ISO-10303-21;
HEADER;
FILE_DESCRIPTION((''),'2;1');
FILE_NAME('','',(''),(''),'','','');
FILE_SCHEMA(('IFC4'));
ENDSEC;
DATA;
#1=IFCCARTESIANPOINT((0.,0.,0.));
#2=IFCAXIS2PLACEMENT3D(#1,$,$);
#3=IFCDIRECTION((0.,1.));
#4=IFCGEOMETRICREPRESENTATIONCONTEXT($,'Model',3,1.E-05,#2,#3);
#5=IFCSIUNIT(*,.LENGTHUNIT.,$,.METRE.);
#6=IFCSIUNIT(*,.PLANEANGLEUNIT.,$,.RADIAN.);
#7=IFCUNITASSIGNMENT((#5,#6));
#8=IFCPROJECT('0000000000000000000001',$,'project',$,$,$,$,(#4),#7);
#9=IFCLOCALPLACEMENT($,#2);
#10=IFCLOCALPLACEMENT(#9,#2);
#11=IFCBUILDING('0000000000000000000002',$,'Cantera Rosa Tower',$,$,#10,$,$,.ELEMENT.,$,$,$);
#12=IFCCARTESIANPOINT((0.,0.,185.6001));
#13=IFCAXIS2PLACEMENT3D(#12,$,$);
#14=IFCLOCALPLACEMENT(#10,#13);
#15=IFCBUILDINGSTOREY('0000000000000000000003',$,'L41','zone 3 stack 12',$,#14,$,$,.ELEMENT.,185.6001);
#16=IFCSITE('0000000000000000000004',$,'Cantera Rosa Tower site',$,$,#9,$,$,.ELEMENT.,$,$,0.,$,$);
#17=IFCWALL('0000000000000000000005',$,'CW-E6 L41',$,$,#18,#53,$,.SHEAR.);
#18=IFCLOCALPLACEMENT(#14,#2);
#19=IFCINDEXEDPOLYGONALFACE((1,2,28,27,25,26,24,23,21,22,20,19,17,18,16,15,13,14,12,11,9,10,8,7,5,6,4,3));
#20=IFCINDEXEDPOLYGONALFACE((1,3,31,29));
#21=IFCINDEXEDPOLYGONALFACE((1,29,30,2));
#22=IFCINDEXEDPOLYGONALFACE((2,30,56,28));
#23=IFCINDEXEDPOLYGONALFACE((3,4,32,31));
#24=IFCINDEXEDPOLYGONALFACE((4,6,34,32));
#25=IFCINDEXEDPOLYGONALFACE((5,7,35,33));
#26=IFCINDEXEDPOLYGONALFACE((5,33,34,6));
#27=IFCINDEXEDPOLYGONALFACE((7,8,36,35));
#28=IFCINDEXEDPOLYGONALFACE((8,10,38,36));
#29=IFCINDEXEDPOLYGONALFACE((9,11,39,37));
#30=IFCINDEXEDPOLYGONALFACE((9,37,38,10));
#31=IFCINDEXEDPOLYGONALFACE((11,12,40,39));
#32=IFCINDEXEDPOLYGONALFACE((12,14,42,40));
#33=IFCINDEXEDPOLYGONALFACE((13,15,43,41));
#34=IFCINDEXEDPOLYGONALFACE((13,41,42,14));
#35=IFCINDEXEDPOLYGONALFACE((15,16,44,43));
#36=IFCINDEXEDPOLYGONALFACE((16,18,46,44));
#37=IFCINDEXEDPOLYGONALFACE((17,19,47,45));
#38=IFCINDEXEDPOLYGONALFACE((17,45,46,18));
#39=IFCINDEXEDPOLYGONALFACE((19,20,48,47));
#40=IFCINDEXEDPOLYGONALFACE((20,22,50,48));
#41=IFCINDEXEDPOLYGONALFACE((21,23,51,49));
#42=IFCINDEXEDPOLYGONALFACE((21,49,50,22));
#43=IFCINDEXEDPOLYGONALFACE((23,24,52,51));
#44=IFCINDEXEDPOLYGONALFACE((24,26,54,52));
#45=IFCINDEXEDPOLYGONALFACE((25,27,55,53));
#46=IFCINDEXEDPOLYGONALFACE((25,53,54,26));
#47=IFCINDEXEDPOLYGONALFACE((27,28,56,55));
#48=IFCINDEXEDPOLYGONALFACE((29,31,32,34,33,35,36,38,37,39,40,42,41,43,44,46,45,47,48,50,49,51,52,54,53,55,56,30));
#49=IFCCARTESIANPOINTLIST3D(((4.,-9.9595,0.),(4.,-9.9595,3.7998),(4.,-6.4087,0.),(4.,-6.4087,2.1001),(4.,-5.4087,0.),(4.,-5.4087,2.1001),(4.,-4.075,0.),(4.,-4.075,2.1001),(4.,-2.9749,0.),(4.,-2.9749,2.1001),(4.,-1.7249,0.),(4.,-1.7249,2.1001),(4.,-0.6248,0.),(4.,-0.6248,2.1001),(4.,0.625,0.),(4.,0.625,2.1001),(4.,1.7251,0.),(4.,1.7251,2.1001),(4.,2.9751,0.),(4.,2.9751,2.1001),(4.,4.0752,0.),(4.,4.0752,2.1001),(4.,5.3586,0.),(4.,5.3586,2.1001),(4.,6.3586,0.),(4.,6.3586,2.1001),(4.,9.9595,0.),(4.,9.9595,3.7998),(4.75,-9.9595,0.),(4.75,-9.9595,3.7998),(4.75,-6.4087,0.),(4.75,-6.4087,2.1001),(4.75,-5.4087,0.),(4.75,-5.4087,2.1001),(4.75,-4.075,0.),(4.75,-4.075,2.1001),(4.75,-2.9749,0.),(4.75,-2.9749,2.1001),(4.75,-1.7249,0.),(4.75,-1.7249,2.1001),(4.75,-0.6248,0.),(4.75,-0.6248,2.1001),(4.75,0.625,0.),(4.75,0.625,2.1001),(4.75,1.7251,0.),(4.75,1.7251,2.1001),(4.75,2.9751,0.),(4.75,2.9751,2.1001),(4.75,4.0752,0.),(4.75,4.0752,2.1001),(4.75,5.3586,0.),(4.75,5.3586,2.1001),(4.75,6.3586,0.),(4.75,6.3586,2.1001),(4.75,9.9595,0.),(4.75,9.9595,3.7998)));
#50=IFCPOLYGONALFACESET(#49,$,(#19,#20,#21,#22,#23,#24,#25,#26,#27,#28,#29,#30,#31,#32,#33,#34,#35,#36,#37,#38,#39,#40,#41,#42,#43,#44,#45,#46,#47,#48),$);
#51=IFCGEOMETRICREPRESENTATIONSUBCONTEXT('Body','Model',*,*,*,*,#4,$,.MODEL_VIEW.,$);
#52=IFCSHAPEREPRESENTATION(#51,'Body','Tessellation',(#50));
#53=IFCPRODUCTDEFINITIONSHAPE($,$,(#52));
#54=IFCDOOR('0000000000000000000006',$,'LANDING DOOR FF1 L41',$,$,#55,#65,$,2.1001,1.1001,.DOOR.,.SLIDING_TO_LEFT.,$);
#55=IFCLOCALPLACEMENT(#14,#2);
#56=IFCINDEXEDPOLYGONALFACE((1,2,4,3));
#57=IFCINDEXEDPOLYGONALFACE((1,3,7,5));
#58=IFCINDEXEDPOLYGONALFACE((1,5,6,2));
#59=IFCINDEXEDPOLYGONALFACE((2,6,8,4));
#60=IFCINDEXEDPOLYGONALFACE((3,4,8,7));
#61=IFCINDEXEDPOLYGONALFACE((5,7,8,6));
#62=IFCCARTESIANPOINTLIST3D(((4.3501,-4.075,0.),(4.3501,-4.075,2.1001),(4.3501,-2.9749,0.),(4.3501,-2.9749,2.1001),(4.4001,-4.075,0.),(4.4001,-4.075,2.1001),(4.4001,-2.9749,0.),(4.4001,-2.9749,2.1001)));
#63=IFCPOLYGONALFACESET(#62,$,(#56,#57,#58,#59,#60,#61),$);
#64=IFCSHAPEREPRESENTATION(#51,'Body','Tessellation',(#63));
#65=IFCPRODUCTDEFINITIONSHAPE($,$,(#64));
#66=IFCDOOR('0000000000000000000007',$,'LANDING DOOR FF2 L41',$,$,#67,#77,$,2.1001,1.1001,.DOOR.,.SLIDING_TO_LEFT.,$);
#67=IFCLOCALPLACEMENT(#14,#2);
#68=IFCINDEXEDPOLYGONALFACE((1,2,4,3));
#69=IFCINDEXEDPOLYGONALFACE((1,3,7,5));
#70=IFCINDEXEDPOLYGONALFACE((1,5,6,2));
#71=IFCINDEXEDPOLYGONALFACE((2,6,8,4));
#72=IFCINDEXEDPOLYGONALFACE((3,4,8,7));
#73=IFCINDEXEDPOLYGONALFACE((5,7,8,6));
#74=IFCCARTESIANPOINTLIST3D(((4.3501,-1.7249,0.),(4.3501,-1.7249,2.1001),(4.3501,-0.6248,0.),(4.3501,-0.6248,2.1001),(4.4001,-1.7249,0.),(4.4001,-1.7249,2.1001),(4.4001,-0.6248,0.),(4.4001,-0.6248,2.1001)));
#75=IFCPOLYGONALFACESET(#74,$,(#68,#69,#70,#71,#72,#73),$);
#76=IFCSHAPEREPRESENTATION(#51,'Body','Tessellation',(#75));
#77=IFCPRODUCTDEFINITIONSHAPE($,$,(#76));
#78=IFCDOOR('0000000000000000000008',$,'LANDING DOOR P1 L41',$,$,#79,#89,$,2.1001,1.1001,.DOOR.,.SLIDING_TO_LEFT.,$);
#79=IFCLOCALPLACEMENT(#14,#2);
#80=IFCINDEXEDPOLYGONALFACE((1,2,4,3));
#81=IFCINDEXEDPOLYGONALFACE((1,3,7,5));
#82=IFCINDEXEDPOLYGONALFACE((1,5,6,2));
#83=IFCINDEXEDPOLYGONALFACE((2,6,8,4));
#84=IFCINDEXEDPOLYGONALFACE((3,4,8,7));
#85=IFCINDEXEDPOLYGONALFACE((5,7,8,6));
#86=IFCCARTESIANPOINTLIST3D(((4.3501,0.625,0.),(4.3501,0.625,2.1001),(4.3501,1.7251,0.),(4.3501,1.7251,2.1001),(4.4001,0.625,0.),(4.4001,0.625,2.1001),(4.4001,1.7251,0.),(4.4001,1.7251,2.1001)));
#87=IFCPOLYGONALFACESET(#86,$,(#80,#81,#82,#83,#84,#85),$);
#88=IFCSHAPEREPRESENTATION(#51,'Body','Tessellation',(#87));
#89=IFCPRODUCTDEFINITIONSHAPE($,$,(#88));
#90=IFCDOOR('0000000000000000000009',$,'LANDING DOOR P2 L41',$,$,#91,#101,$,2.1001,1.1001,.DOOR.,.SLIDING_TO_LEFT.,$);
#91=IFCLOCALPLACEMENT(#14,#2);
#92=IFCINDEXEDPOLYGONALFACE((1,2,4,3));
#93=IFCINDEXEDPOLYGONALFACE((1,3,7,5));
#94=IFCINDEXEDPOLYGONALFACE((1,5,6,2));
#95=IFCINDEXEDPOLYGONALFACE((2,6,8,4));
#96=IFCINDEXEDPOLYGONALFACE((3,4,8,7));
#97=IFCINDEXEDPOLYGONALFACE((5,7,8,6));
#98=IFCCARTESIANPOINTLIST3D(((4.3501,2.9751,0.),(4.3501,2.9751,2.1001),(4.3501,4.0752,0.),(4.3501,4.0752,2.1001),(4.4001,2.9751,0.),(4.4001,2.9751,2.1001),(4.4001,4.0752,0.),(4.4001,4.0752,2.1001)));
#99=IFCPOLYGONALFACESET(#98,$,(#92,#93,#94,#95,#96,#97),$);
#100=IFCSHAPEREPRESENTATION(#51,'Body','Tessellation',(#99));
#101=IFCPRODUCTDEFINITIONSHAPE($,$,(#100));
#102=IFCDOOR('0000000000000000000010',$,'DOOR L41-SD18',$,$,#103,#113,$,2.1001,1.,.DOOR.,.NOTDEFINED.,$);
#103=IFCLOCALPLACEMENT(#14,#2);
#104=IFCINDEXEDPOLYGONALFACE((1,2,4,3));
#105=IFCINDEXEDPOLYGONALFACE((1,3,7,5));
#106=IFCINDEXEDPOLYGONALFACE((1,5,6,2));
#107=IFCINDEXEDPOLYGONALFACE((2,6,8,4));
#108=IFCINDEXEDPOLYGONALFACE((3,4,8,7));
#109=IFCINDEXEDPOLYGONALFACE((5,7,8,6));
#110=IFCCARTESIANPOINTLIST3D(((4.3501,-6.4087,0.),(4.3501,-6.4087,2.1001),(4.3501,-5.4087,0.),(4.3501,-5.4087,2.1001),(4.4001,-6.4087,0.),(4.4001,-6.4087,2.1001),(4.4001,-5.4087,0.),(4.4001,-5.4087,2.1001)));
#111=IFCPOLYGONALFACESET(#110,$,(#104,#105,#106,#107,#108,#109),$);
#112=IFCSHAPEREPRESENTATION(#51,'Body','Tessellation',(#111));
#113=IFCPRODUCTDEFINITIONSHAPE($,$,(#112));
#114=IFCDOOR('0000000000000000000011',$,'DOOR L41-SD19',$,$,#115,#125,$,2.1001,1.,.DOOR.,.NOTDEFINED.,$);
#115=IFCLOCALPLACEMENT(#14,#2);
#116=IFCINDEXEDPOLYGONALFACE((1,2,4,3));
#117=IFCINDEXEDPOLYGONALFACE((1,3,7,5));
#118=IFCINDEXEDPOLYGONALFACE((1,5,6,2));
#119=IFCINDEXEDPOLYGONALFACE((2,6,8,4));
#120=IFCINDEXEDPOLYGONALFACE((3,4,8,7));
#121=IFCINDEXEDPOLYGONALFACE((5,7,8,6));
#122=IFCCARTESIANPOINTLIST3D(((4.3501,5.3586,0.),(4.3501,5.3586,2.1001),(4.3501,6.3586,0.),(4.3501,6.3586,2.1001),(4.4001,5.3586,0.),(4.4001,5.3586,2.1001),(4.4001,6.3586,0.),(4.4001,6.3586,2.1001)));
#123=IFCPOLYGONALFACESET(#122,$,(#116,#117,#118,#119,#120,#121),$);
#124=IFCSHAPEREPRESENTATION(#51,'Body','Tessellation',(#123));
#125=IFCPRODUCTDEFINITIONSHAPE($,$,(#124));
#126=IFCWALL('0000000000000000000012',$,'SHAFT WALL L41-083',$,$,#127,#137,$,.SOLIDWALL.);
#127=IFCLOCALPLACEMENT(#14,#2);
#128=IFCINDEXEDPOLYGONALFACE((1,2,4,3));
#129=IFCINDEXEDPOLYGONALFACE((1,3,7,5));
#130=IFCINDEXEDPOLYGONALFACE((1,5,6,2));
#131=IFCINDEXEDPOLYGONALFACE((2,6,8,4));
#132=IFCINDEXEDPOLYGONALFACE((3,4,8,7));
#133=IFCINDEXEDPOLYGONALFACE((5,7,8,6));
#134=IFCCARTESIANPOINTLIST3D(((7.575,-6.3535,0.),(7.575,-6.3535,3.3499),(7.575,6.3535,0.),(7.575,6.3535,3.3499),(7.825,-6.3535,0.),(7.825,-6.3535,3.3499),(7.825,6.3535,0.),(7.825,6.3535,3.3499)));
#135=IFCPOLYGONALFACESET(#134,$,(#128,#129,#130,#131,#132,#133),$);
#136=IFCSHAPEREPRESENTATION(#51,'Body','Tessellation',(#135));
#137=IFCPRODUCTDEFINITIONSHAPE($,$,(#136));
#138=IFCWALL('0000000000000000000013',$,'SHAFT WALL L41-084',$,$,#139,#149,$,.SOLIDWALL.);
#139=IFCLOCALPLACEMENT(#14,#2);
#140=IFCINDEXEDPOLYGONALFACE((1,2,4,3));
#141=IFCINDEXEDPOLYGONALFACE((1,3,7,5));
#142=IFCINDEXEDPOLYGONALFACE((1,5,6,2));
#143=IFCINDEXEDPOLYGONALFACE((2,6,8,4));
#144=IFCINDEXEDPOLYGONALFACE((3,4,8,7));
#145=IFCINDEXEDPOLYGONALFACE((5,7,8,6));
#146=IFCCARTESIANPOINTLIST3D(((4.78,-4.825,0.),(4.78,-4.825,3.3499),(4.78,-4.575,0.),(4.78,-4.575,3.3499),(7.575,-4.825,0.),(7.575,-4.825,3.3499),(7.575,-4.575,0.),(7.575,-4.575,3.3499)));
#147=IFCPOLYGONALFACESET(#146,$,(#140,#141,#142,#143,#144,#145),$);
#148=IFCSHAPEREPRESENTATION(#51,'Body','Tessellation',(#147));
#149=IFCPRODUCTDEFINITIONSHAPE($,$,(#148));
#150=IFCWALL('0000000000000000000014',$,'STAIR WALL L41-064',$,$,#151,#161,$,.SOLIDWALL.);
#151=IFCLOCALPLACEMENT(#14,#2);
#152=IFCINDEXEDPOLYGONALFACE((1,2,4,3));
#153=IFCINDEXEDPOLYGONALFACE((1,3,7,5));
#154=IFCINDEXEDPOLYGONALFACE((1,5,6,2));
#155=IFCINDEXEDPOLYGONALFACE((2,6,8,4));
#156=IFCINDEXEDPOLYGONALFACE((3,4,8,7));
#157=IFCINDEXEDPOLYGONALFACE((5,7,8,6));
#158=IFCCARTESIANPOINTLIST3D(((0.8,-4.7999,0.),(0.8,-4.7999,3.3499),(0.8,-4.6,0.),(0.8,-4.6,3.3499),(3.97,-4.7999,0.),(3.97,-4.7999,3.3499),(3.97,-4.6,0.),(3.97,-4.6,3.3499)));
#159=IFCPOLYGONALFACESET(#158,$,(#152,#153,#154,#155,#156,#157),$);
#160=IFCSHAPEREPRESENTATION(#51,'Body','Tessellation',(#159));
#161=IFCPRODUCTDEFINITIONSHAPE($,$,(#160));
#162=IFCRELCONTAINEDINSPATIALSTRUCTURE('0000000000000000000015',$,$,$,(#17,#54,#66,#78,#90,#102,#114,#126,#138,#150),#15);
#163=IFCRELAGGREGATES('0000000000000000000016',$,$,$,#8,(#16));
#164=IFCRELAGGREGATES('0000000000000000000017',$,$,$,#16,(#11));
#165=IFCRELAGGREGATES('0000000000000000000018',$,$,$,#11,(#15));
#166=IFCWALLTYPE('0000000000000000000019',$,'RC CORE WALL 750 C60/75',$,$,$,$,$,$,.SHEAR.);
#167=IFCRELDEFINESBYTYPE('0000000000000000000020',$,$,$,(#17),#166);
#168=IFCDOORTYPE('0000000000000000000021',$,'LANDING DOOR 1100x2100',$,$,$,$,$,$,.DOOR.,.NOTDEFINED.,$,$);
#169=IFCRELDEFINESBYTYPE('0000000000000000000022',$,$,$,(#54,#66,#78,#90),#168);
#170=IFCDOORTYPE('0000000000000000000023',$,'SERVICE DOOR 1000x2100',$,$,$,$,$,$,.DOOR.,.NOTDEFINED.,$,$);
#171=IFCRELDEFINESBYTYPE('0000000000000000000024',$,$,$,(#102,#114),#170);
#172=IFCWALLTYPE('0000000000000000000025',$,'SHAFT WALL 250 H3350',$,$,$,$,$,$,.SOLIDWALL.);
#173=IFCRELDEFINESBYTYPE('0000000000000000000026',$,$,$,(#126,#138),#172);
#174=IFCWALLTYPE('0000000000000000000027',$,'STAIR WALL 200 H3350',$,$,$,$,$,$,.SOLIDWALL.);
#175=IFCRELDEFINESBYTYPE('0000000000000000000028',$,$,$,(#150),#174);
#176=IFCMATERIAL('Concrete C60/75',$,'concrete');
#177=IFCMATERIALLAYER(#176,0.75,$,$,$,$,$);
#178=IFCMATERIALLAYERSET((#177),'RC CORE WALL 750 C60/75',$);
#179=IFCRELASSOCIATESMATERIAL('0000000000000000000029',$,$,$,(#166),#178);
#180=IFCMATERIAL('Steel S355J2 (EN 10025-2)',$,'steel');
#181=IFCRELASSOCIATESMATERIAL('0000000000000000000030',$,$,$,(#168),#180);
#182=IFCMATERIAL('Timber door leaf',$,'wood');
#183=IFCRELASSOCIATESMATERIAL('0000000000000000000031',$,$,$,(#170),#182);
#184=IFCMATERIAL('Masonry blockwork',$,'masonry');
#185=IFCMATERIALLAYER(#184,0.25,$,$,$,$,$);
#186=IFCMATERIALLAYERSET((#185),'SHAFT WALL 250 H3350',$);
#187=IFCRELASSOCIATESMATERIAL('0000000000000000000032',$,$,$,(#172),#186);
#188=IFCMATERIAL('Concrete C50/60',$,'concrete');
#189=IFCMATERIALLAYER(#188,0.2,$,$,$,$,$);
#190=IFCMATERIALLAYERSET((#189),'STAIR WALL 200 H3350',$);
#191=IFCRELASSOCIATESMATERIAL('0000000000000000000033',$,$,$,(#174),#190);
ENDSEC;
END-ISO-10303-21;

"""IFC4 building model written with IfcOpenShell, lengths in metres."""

from ifc_helpers import new_model, si_unit, direction, frame, frame_2d, origin, place, context, subcontext, project, spatial, rectangle, extrude, material, layer, layer_set, type_object, element, fill, save


model = new_model("IFC4")

# Units and contexts
model_context = context("Model", 3, precision=1e-05, world=origin(), true_north=direction((0.0, 1.0)))
body_context = subcontext(model_context, "Body", "Model", "MODEL_VIEW")
ifc_project = project(units=[si_unit("LENGTHUNIT", "METRE"), si_unit("PLANEANGLEUNIT", "RADIAN")], contexts=[model_context])

# Site, building, storey
site_placement = place(None, origin())
site = spatial("IfcSite", under=ifc_project, at=site_placement, Name="Cantera Rosa Tower site", CompositionType="ELEMENT", RefElevation=0.0)
building_placement = place(site_placement, origin())
building = spatial("IfcBuilding", under=site, at=building_placement, Name="Cantera Rosa Tower", CompositionType="ELEMENT")
storey_placement = place(building_placement, frame((0.0, 0.0, 185.6001)))
storey = spatial("IfcBuildingStorey", under=building, at=storey_placement, Name="L41", Description="zone 3 stack 12", CompositionType="ELEMENT", Elevation=185.6001)

# Shared definitions
ifc_material_1 = material(Name="Concrete C60/75", Category="concrete")
ifc_layer_1 = layer(ifc_material_1, 0.75)
ifc_layer_set_1 = layer_set([ifc_layer_1], Name="RC CORE WALL 750 C60/75")
wall_type_1 = type_object("IfcWallType", Name="RC CORE WALL 750 C60/75", PredefinedType="SHEAR", material=ifc_layer_set_1)

# Wall, openings, doors
wall_1_placement = place(storey_placement, frame((4.375, -9.9595, 0.0), z_axis=(0.0, 0.0, 1.0), x_axis=(0.0, 1.0, 0.0)))
wall_1 = element("IfcWall", 1, at=wall_1_placement, inside=storey, type_object=wall_type_1, Name="CW-E6 L41", PredefinedType="SHEAR", context=body_context, shape_type="SweptSolid", body=[
    extrude(rectangle(XDim=19.9189, YDim=0.75, at=frame_2d((9.9595, 0.0))), origin(), (0.0, 0.0, 1.0), 3.7998),
])
opening_1_placement = place(wall_1_placement, frame((5.8845, 0.0, 0.0)))
opening_1 = element("IfcOpeningElement", 2, at=opening_1_placement, cuts=wall_1, PredefinedType="OPENING", context=body_context, shape_type="SweptSolid", body=[
    extrude(rectangle(XDim=1.1001, YDim=2.1001, at=frame_2d((0.55, 1.05))), frame((0.0, 0.385, 0.0), z_axis=(0.0, -1.0, 0.0), x_axis=(1.0, 0.0, 0.0)), (0.0, 0.0, 1.0), 0.77),
])
opening_2_placement = place(wall_1_placement, frame((8.2346, 0.0, 0.0)))
opening_2 = element("IfcOpeningElement", 3, at=opening_2_placement, cuts=wall_1, PredefinedType="OPENING", context=body_context, shape_type="SweptSolid", body=[
    extrude(rectangle(XDim=1.1001, YDim=2.1001, at=frame_2d((0.55, 1.05))), frame((0.0, 0.385, 0.0), z_axis=(0.0, -1.0, 0.0), x_axis=(1.0, 0.0, 0.0)), (0.0, 0.0, 1.0), 0.77),
])
opening_3_placement = place(wall_1_placement, frame((10.5845, 0.0, 0.0)))
opening_3 = element("IfcOpeningElement", 4, at=opening_3_placement, cuts=wall_1, PredefinedType="OPENING", context=body_context, shape_type="SweptSolid", body=[
    extrude(rectangle(XDim=1.1001, YDim=2.1001, at=frame_2d((0.55, 1.05))), frame((0.0, 0.385, 0.0), z_axis=(0.0, -1.0, 0.0), x_axis=(1.0, 0.0, 0.0)), (0.0, 0.0, 1.0), 0.77),
])
opening_4_placement = place(wall_1_placement, frame((12.9346, 0.0, 0.0)))
opening_4 = element("IfcOpeningElement", 5, at=opening_4_placement, cuts=wall_1, PredefinedType="OPENING", context=body_context, shape_type="SweptSolid", body=[
    extrude(rectangle(XDim=1.1001, YDim=2.1001, at=frame_2d((0.55, 1.05))), frame((0.0, 0.385, 0.0), z_axis=(0.0, -1.0, 0.0), x_axis=(1.0, 0.0, 0.0)), (0.0, 0.0, 1.0), 0.77),
])
opening_5_placement = place(wall_1_placement, frame((3.5508, 0.0, 0.0)))
opening_5 = element("IfcOpeningElement", 6, at=opening_5_placement, cuts=wall_1, PredefinedType="OPENING", context=body_context, shape_type="SweptSolid", body=[
    extrude(rectangle(XDim=1.0, YDim=2.1001, at=frame_2d((0.5, 1.05))), frame((0.0, 0.385, 0.0), z_axis=(0.0, -1.0, 0.0), x_axis=(1.0, 0.0, 0.0)), (0.0, 0.0, 1.0), 0.77),
])
opening_6_placement = place(wall_1_placement, frame((15.3181, 0.0, 0.0)))
opening_6 = element("IfcOpeningElement", 7, at=opening_6_placement, cuts=wall_1, PredefinedType="OPENING", context=body_context, shape_type="SweptSolid", body=[
    extrude(rectangle(XDim=1.0, YDim=2.1001, at=frame_2d((0.5, 1.05))), frame((0.0, 0.385, 0.0), z_axis=(0.0, -1.0, 0.0), x_axis=(1.0, 0.0, 0.0)), (0.0, 0.0, 1.0), 0.77),
])
ifc_material_2 = material(Name="Steel S355J2 (EN 10025-2)", Category="steel")
door_type_1 = type_object("IfcDoorType", Name="LANDING DOOR 1100x2100", OperationType="NOTDEFINED", PredefinedType="DOOR", material=ifc_material_2)
door_1_placement = place(opening_1_placement, origin())
door_1 = element("IfcDoor", 8, at=door_1_placement, inside=storey, type_object=door_type_1, Name="LANDING DOOR FF1 L41", OperationType="SLIDING_TO_LEFT", OverallHeight=2.1001, OverallWidth=1.1001, PredefinedType="DOOR", context=body_context, shape_type="SweptSolid", body=[
    extrude(rectangle(XDim=1.1001, YDim=2.1001, at=frame_2d((0.55, 1.05))), frame((0.0, 0.0249, 0.0), z_axis=(0.0, -1.0, 0.0), x_axis=(1.0, 0.0, 0.0)), (0.0, 0.0, 1.0), 0.05),
])
fill(opening_1, door_1)
door_2_placement = place(opening_2_placement, origin())
door_2 = element("IfcDoor", 9, at=door_2_placement, inside=storey, type_object=door_type_1, Name="LANDING DOOR FF2 L41", OperationType="SLIDING_TO_LEFT", OverallHeight=2.1001, OverallWidth=1.1001, PredefinedType="DOOR", context=body_context, shape_type="SweptSolid", body=[
    extrude(rectangle(XDim=1.1001, YDim=2.1001, at=frame_2d((0.55, 1.05))), frame((0.0, 0.0249, 0.0), z_axis=(0.0, -1.0, 0.0), x_axis=(1.0, 0.0, 0.0)), (0.0, 0.0, 1.0), 0.05),
])
fill(opening_2, door_2)
door_3_placement = place(opening_3_placement, origin())
door_3 = element("IfcDoor", 10, at=door_3_placement, inside=storey, type_object=door_type_1, Name="LANDING DOOR P1 L41", OperationType="SLIDING_TO_LEFT", OverallHeight=2.1001, OverallWidth=1.1001, PredefinedType="DOOR", context=body_context, shape_type="SweptSolid", body=[
    extrude(rectangle(XDim=1.1001, YDim=2.1001, at=frame_2d((0.55, 1.05))), frame((0.0, 0.0249, 0.0), z_axis=(0.0, -1.0, 0.0), x_axis=(1.0, 0.0, 0.0)), (0.0, 0.0, 1.0), 0.05),
])
fill(opening_3, door_3)
door_4_placement = place(opening_4_placement, origin())
door_4 = element("IfcDoor", 11, at=door_4_placement, inside=storey, type_object=door_type_1, Name="LANDING DOOR P2 L41", OperationType="SLIDING_TO_LEFT", OverallHeight=2.1001, OverallWidth=1.1001, PredefinedType="DOOR", context=body_context, shape_type="SweptSolid", body=[
    extrude(rectangle(XDim=1.1001, YDim=2.1001, at=frame_2d((0.55, 1.05))), frame((0.0, 0.0249, 0.0), z_axis=(0.0, -1.0, 0.0), x_axis=(1.0, 0.0, 0.0)), (0.0, 0.0, 1.0), 0.05),
])
fill(opening_4, door_4)
ifc_material_3 = material(Name="Timber door leaf", Category="wood")
door_type_2 = type_object("IfcDoorType", Name="SERVICE DOOR 1000x2100", OperationType="NOTDEFINED", PredefinedType="DOOR", material=ifc_material_3)
door_5_placement = place(opening_5_placement, origin())
door_5 = element("IfcDoor", 12, at=door_5_placement, inside=storey, type_object=door_type_2, Name="DOOR L41-SD18", OperationType="NOTDEFINED", OverallHeight=2.1001, OverallWidth=1.0, PredefinedType="DOOR", context=body_context, shape_type="SweptSolid", body=[
    extrude(rectangle(XDim=1.0, YDim=2.1001, at=frame_2d((0.5, 1.05))), frame((0.0, 0.0249, 0.0), z_axis=(0.0, -1.0, 0.0), x_axis=(1.0, 0.0, 0.0)), (0.0, 0.0, 1.0), 0.05),
])
fill(opening_5, door_5)
door_6_placement = place(opening_6_placement, origin())
door_6 = element("IfcDoor", 13, at=door_6_placement, inside=storey, type_object=door_type_2, Name="DOOR L41-SD19", OperationType="NOTDEFINED", OverallHeight=2.1001, OverallWidth=1.0, PredefinedType="DOOR", context=body_context, shape_type="SweptSolid", body=[
    extrude(rectangle(XDim=1.0, YDim=2.1001, at=frame_2d((0.5, 1.05))), frame((0.0, 0.0249, 0.0), z_axis=(0.0, -1.0, 0.0), x_axis=(1.0, 0.0, 0.0)), (0.0, 0.0, 1.0), 0.05),
])
fill(opening_6, door_6)

# Walls
ifc_material_4 = material(Name="Masonry blockwork", Category="masonry")
ifc_layer_2 = layer(ifc_material_4, 0.25)
ifc_layer_set_2 = layer_set([ifc_layer_2], Name="SHAFT WALL 250 H3350")
wall_type_2 = type_object("IfcWallType", Name="SHAFT WALL 250 H3350", PredefinedType="SOLIDWALL", material=ifc_layer_set_2)
wall_2_placement = place(storey_placement, frame((7.7, -6.3535, 0.0), z_axis=(0.0, 0.0, 1.0), x_axis=(0.0, 1.0, 0.0)))
element("IfcWall", 14, at=wall_2_placement, inside=storey, type_object=wall_type_2, Name="SHAFT WALL L41-083", PredefinedType="SOLIDWALL", context=body_context, shape_type="SweptSolid", body=[
    extrude(rectangle(XDim=12.707, YDim=0.25, at=frame_2d((6.3535, 0.0))), origin(), (0.0, 0.0, 1.0), 3.3499),
])
wall_3_placement = place(storey_placement, frame((7.575, -4.7, 0.0), z_axis=(0.0, 0.0, 1.0), x_axis=(-1.0, 0.0, 0.0)))
element("IfcWall", 15, at=wall_3_placement, inside=storey, type_object=wall_type_2, Name="SHAFT WALL L41-084", PredefinedType="SOLIDWALL", context=body_context, shape_type="SweptSolid", body=[
    extrude(rectangle(XDim=2.7949, YDim=0.25, at=frame_2d((1.3975, 0.0))), origin(), (0.0, 0.0, 1.0), 3.3499),
])
ifc_material_5 = material(Name="Concrete C50/60", Category="concrete")
ifc_layer_3 = layer(ifc_material_5, 0.2)
ifc_layer_set_3 = layer_set([ifc_layer_3], Name="STAIR WALL 200 H3350")
wall_type_3 = type_object("IfcWallType", Name="STAIR WALL 200 H3350", PredefinedType="SOLIDWALL", material=ifc_layer_set_3)
wall_4_placement = place(storey_placement, frame((3.97, -4.7, 0.0), z_axis=(0.0, 0.0, 1.0), x_axis=(-1.0, 0.0, 0.0)))
element("IfcWall", 16, at=wall_4_placement, inside=storey, type_object=wall_type_3, Name="STAIR WALL L41-064", PredefinedType="SOLIDWALL", context=body_context, shape_type="SweptSolid", body=[
    extrude(rectangle(XDim=3.1699, YDim=0.2, at=frame_2d((1.585, 0.0))), origin(), (0.0, 0.0, 1.0), 3.3499),
])

save(model, "model.ifc")
